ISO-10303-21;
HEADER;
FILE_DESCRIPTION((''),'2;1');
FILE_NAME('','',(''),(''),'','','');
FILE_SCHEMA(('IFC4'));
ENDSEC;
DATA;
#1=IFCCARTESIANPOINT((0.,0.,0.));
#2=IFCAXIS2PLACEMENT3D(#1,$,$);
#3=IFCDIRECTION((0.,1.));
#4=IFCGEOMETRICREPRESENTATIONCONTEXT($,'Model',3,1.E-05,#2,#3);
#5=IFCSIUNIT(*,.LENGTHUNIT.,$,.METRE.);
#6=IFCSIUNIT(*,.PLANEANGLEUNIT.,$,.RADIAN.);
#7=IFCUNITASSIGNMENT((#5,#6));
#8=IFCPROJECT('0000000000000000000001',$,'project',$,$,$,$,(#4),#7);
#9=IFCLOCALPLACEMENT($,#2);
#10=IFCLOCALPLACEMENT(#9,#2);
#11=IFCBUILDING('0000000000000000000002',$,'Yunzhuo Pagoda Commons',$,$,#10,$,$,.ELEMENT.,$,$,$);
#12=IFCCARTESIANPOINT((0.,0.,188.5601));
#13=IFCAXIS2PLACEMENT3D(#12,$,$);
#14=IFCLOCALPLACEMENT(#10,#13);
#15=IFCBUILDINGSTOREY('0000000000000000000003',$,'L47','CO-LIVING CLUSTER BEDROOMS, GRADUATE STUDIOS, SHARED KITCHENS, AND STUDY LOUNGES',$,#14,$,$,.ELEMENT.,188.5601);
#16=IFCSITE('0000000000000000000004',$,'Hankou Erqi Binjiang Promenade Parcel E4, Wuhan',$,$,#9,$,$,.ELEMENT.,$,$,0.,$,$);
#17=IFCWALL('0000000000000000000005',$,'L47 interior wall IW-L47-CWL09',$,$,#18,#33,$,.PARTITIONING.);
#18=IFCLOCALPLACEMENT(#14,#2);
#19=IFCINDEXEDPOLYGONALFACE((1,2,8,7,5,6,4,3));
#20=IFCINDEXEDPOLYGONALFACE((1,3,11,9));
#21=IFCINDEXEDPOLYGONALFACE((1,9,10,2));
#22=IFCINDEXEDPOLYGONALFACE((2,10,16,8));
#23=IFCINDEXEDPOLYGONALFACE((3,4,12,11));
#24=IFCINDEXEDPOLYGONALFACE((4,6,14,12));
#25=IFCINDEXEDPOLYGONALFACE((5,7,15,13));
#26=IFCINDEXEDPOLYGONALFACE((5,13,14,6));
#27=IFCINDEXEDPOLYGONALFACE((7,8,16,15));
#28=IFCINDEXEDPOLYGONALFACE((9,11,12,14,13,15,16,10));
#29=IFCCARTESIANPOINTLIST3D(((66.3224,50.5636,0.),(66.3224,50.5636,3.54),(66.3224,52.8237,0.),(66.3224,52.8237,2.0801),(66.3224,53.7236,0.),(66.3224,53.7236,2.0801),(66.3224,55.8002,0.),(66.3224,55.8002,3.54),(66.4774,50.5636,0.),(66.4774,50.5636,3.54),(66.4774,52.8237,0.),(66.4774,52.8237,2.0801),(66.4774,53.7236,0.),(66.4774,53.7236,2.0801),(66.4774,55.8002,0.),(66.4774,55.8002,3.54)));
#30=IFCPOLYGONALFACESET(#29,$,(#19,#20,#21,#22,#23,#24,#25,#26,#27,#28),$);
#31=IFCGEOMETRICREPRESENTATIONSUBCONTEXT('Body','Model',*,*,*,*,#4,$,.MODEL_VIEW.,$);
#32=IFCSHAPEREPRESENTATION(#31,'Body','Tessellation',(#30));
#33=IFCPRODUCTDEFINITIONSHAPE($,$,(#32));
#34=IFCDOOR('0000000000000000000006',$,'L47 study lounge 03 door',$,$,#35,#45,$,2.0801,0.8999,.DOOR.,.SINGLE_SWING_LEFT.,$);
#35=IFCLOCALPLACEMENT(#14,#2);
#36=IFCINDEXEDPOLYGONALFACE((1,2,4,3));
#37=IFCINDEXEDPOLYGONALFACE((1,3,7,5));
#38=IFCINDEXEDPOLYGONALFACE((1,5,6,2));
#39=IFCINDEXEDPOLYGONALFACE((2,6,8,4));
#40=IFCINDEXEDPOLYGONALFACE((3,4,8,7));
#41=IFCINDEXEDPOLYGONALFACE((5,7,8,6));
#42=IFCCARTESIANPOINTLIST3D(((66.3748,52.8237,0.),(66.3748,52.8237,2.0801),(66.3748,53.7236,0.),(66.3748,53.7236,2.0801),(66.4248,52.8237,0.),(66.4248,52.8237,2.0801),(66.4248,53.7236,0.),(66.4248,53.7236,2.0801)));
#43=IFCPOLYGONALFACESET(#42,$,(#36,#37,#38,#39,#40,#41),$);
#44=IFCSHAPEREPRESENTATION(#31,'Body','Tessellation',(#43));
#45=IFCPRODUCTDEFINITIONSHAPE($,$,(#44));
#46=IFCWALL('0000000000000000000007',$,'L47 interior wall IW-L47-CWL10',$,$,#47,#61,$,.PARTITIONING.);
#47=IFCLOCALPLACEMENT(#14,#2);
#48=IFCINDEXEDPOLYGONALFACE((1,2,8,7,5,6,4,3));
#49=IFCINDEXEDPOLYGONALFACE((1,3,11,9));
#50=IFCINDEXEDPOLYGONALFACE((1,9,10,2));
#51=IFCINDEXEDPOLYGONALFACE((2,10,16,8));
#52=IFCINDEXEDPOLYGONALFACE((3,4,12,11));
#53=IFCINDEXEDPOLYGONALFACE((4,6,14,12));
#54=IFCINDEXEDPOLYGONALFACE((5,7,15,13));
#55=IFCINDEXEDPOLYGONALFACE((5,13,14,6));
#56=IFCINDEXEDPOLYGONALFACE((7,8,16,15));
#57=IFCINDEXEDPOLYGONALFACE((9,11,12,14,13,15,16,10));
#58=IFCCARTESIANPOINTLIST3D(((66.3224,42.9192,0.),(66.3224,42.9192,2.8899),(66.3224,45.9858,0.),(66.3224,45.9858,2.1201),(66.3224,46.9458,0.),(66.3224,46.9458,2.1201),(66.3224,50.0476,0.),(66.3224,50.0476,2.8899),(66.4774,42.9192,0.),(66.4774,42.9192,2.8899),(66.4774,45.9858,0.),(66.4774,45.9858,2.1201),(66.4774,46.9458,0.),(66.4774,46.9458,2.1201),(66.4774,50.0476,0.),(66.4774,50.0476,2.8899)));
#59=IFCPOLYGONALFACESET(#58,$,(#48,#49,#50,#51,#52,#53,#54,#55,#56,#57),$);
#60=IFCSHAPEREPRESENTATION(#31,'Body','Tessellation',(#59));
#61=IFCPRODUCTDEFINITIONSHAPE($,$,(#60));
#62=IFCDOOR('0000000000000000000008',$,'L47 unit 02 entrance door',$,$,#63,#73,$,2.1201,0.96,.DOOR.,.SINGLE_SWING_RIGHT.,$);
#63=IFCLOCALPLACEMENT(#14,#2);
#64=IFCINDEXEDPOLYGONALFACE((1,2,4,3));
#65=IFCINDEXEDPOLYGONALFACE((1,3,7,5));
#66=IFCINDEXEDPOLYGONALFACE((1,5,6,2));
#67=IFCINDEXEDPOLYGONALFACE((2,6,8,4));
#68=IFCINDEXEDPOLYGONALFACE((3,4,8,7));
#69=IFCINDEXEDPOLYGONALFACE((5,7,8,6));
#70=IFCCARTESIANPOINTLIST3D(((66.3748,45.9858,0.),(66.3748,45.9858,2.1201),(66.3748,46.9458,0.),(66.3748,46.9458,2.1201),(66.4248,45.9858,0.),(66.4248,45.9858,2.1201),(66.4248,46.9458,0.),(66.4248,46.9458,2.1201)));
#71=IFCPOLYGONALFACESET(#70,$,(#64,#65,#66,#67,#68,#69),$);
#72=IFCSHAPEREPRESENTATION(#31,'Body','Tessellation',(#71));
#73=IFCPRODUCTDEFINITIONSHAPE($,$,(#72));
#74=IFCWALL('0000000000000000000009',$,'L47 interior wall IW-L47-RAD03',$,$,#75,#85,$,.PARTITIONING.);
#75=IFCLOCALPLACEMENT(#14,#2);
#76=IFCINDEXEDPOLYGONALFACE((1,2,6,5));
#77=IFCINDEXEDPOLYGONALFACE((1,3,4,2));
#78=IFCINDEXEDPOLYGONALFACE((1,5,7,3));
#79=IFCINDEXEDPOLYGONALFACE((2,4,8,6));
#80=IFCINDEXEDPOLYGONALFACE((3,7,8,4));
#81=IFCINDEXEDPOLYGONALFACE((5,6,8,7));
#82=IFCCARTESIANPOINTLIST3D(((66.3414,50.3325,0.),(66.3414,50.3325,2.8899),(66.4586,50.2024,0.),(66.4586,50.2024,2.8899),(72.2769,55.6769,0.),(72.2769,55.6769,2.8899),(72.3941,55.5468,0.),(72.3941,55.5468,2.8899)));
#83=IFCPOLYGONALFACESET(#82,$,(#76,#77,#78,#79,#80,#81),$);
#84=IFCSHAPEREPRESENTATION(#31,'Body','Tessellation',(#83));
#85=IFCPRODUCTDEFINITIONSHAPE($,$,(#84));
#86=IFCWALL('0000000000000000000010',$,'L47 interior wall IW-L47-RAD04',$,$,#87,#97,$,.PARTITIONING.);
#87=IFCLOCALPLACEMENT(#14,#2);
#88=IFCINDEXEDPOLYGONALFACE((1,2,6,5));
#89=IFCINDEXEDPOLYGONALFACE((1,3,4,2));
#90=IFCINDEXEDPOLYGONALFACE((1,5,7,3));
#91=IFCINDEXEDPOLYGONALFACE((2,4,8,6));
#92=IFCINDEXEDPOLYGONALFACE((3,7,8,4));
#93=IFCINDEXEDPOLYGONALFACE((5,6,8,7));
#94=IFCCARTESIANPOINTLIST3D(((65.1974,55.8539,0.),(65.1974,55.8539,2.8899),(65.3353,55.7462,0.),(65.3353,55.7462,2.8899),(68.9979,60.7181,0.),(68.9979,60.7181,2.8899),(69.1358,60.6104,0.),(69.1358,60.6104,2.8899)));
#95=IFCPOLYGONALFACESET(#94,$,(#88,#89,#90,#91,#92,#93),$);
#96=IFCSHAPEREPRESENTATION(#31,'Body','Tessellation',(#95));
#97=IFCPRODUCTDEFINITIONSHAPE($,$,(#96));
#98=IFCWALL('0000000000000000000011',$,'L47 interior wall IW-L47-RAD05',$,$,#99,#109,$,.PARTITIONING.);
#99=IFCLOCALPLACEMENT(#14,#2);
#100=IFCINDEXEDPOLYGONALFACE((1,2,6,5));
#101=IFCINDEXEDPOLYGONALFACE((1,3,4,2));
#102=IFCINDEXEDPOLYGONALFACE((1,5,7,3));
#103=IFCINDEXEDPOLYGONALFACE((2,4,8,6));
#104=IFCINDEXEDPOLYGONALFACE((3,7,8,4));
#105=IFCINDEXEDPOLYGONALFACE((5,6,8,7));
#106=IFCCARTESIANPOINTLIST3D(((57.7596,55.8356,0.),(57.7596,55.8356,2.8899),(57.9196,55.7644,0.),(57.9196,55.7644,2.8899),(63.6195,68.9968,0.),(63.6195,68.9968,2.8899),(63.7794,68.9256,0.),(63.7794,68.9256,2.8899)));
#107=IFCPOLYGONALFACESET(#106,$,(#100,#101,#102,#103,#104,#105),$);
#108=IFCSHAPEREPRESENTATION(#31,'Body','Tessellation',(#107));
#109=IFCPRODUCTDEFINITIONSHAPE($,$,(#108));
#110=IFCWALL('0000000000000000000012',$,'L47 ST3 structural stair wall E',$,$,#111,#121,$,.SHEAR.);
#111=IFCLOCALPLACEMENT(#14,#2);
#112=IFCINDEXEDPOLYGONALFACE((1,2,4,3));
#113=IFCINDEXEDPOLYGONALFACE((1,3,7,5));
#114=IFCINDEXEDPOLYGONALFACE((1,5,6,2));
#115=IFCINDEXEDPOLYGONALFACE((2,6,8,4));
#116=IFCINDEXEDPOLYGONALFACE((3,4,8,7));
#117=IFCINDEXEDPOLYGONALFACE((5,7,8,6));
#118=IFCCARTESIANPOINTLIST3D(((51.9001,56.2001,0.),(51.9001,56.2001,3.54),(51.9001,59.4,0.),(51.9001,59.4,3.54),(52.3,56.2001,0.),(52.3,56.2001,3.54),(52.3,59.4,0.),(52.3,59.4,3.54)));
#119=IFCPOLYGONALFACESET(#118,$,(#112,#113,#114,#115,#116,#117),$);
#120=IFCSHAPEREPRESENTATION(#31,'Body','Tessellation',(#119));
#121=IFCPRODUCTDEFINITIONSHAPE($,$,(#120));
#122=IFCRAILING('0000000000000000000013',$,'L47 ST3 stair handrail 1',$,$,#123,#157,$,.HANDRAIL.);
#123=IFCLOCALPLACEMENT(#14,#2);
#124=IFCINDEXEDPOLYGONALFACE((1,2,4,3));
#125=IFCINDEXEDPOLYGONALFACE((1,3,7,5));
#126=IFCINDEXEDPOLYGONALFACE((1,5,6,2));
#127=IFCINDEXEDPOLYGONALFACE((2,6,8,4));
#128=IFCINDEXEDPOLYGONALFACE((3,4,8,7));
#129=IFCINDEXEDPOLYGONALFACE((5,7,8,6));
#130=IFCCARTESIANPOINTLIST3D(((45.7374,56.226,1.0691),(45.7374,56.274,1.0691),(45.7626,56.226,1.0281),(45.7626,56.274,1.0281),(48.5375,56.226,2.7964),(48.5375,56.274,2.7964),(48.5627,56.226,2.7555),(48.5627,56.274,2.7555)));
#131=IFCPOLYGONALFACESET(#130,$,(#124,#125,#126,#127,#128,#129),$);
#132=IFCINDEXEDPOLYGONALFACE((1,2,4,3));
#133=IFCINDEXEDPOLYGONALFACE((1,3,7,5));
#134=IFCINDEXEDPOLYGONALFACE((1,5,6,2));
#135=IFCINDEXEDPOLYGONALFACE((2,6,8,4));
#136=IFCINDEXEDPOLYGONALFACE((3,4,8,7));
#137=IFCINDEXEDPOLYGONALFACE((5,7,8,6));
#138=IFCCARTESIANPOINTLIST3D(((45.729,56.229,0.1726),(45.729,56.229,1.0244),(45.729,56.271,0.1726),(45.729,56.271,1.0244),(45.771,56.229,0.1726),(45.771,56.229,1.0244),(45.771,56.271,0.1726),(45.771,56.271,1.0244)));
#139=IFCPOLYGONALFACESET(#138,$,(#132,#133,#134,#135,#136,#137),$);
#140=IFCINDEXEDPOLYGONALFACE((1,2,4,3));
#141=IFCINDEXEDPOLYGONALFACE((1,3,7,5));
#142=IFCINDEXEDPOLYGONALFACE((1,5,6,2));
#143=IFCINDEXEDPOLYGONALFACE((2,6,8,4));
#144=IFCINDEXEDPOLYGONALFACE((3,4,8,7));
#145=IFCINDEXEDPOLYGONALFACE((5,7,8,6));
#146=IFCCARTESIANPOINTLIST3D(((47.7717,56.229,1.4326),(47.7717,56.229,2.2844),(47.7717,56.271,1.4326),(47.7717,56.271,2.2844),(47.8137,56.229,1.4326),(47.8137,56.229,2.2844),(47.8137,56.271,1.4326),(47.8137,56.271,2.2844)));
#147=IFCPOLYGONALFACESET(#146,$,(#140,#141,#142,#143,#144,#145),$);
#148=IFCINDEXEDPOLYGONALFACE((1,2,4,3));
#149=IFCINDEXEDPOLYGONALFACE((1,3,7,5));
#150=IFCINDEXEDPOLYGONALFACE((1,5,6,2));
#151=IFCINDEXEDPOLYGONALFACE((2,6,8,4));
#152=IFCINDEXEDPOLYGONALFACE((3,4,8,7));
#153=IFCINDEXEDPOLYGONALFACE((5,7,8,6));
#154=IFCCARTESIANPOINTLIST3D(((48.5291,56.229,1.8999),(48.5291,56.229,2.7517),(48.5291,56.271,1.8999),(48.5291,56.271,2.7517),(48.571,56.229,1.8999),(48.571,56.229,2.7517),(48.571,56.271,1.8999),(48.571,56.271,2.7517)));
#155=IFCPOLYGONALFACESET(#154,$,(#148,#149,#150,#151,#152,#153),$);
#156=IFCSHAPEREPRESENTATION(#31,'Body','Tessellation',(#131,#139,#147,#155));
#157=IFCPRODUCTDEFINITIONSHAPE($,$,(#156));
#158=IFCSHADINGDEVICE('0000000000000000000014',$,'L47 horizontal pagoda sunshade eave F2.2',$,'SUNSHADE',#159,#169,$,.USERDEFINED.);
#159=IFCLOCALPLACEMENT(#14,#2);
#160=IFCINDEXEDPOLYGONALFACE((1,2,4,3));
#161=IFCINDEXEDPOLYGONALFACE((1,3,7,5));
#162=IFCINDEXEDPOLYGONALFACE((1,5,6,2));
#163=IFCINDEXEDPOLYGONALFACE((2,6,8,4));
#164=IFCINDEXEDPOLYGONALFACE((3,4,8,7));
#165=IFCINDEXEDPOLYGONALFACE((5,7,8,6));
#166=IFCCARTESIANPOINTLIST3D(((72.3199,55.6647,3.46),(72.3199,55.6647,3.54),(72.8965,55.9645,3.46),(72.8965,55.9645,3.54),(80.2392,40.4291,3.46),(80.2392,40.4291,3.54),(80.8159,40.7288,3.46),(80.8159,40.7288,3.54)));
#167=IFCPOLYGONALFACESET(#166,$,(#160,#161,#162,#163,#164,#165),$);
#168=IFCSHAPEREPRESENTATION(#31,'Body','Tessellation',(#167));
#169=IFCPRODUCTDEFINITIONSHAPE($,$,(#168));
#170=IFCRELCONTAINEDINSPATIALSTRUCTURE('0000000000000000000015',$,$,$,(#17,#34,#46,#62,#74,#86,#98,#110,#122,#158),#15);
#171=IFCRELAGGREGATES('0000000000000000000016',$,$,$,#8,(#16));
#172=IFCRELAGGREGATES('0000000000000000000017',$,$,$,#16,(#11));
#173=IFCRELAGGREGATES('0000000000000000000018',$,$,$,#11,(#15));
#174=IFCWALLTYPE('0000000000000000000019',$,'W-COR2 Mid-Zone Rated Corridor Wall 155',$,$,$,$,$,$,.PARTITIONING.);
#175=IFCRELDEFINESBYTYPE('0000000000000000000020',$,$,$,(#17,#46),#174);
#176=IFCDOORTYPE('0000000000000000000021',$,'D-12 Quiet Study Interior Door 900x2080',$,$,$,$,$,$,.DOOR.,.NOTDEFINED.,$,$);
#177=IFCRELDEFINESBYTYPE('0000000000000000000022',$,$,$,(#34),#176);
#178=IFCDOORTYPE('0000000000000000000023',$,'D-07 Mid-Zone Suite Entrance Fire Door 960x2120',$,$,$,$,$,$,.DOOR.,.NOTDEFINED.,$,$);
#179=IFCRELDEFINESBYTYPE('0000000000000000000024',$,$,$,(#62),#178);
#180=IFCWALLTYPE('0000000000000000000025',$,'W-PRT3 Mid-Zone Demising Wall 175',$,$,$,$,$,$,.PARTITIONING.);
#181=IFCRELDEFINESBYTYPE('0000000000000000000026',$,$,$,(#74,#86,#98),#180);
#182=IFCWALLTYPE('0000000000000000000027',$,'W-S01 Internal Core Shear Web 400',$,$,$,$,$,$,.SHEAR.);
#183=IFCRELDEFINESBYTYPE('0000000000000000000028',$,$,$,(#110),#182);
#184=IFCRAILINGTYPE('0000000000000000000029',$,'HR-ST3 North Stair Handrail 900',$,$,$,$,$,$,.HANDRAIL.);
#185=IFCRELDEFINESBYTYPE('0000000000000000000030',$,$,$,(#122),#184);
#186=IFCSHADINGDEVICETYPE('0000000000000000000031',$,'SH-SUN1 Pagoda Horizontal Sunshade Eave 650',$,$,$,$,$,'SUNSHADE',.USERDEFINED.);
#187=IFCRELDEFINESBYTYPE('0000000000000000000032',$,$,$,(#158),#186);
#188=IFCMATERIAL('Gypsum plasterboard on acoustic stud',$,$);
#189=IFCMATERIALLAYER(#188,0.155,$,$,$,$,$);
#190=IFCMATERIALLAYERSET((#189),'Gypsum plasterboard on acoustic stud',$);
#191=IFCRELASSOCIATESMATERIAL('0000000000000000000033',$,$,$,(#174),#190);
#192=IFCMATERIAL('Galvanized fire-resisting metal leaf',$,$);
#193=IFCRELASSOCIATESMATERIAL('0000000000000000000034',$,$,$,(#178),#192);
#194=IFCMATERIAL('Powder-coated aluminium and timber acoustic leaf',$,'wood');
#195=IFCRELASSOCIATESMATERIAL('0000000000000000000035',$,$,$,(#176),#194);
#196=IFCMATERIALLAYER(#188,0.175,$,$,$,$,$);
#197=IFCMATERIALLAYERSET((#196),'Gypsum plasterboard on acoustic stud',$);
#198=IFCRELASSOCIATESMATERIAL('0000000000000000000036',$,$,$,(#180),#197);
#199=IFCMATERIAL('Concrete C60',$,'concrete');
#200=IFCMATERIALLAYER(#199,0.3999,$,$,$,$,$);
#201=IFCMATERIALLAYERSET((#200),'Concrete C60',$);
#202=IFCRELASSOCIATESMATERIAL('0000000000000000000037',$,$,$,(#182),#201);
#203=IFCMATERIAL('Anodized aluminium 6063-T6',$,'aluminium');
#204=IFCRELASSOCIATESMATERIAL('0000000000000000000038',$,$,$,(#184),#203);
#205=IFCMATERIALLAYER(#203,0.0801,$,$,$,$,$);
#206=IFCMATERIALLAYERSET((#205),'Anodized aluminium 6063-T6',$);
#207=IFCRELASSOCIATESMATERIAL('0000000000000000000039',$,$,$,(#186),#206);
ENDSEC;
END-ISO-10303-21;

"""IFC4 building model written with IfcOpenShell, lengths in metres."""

from ifc_helpers import new_model, si_unit, direction, frame, frame_2d, origin, origin_with_axes, origin_2d, place, context, subcontext, project, spatial, rectangle, extrude, source, transform, mapped, material, layer, layer_set, type_object, element, fill, save


model = new_model("IFC4")

# Units and contexts
model_context = context("Model", 3, precision=1e-05, world=origin(), true_north=direction((0.0, 1.0)))
body_context = subcontext(model_context, "Body", "Model", "MODEL_VIEW")
ifc_project = project(units=[si_unit("LENGTHUNIT", "METRE"), si_unit("PLANEANGLEUNIT", "RADIAN")], contexts=[model_context])

# Site, building, storey
site_placement = place(None, origin())
site = spatial("IfcSite", under=ifc_project, at=site_placement, Name="Hankou Erqi Binjiang Promenade Parcel E4, Wuhan", CompositionType="ELEMENT", RefElevation=0.0)
building_placement = place(site_placement, origin())
building = spatial("IfcBuilding", under=site, at=building_placement, Name="Yunzhuo Pagoda Commons", CompositionType="ELEMENT")
storey_placement = place(building_placement, frame((0.0, 0.0, 188.5601)))
storey = spatial("IfcBuildingStorey", under=building, at=storey_placement, Name="L47", Description="CO-LIVING CLUSTER BEDROOMS, GRADUATE STUDIOS, SHARED KITCHENS, AND STUDY LOUNGES", CompositionType="ELEMENT", Elevation=188.5601)

# Shared definitions
ifc_material_1 = material(Name="Anodized aluminium 6063-T6", Category="aluminium")

# Shared definitions
ifc_material_2 = material(Name="Gypsum plasterboard on acoustic stud")
ifc_layer_1 = layer(ifc_material_2, 0.155)
ifc_layer_set_1 = layer_set([ifc_layer_1], Name="Gypsum plasterboard on acoustic stud")
wall_type_1 = type_object("IfcWallType", Name="W-COR2 Mid-Zone Rated Corridor Wall 155", PredefinedType="PARTITIONING", material=ifc_layer_set_1)

# Shared definitions
ifc_material_3 = material(Name="Galvanized fire-resisting metal leaf")
door_type_1 = type_object("IfcDoorType", Name="D-07 Mid-Zone Suite Entrance Fire Door 960x2120", OperationType="NOTDEFINED", PredefinedType="DOOR", material=ifc_material_3)
shared_shape_1 = source(origin(), body_context, "Body", "SweptSolid", [
    extrude(rectangle(XDim=0.96, YDim=2.1201, at=frame_2d((0.48, 1.0601))), frame((0.0, 0.0249, 0.0), z_axis=(0.0, -1.0, 0.0), x_axis=(1.0, 0.0, 0.0)), (0.0, 0.0, 1.0), 0.05),
])

# Walls, openings, doors
wall_1_placement = place(storey_placement, frame((66.3999, 55.8, 0.0), z_axis=(0.0, 0.0, 1.0), x_axis=(0.0, -1.0, 0.0)))
wall_1 = element("IfcWall", 1, at=wall_1_placement, inside=storey, type_object=wall_type_1, Name="L47 interior wall IW-L47-CWL09", PredefinedType="PARTITIONING", context=body_context, shape_type="SweptSolid", body=[
    extrude(rectangle(XDim=5.2366, YDim=0.155, at=frame_2d((2.6182, 0.0))), origin(), (0.0, 0.0, 1.0), 3.54),
])
opening_1_placement = place(wall_1_placement, frame((2.0764, 0.0, 0.0)))
opening_1 = element("IfcOpeningElement", 2, at=opening_1_placement, cuts=wall_1, PredefinedType="OPENING", context=body_context, shape_type="SweptSolid", body=[
    extrude(rectangle(XDim=0.8999, YDim=2.0801, at=frame_2d((0.45, 1.04))), frame((0.0, 0.0874, 0.0), z_axis=(0.0, -1.0, 0.0), x_axis=(1.0, 0.0, 0.0)), (0.0, 0.0, 1.0), 0.175),
])
ifc_material_4 = material(Name="Powder-coated aluminium and timber acoustic leaf", Category="wood")
door_type_2 = type_object("IfcDoorType", Name="D-12 Quiet Study Interior Door 900x2080", OperationType="NOTDEFINED", PredefinedType="DOOR", material=ifc_material_4)
shared_shape_2 = source(origin(), body_context, "Body", "SweptSolid", [
    extrude(rectangle(XDim=0.8999, YDim=2.0801, at=frame_2d((0.45, 1.04))), frame((0.0, 0.0249, 0.0), z_axis=(0.0, -1.0, 0.0), x_axis=(1.0, 0.0, 0.0)), (0.0, 0.0, 1.0), 0.05),
])
door_1_placement = place(opening_1_placement, origin_with_axes())
door_1 = element("IfcDoor", 3, at=door_1_placement, inside=storey, type_object=door_type_2, Name="L47 study lounge 03 door", OperationType="SINGLE_SWING_LEFT", OverallHeight=2.0801, OverallWidth=0.8999, PredefinedType="DOOR", context=body_context, shape_type="MappedRepresentation", body=[
    mapped(shared_shape_2, transform((0.0, 0.0, 0.0), scale=1.0)),
])
fill(opening_1, door_1)
wall_2_placement = place(storey_placement, frame((66.3999, 50.0476, 0.0), z_axis=(0.0, 0.0, 1.0), x_axis=(0.0, -1.0, 0.0)))
wall_2 = element("IfcWall", 4, at=wall_2_placement, inside=storey, type_object=wall_type_1, Name="L47 interior wall IW-L47-CWL10", PredefinedType="PARTITIONING", context=body_context, shape_type="SweptSolid", body=[
    extrude(rectangle(XDim=7.1284, YDim=0.155, at=frame_2d((3.5642, 0.0))), origin(), (0.0, 0.0, 1.0), 2.8899),
])
opening_2_placement = place(wall_2_placement, frame((3.1018, 0.0, 0.0)))
opening_2 = element("IfcOpeningElement", 5, at=opening_2_placement, cuts=wall_2, PredefinedType="OPENING", context=body_context, shape_type="SweptSolid", body=[
    extrude(rectangle(XDim=0.96, YDim=2.1201, at=frame_2d((0.48, 1.0601))), frame((0.0, 0.0874, 0.0), z_axis=(0.0, -1.0, 0.0), x_axis=(1.0, 0.0, 0.0)), (0.0, 0.0, 1.0), 0.175),
])
door_2_placement = place(opening_2_placement, origin_with_axes())
door_2 = element("IfcDoor", 6, at=door_2_placement, inside=storey, type_object=door_type_1, Name="L47 unit 02 entrance door", OperationType="SINGLE_SWING_RIGHT", OverallHeight=2.1201, OverallWidth=0.96, PredefinedType="DOOR", context=body_context, shape_type="MappedRepresentation", body=[
    mapped(shared_shape_1, transform((0.0, 0.0, 0.0), scale=1.0)),
])
fill(opening_2, door_2)

# Walls
ifc_layer_2 = layer(ifc_material_2, 0.175)
ifc_layer_set_2 = layer_set([ifc_layer_2], Name="Gypsum plasterboard on acoustic stud")
wall_type_2 = type_object("IfcWallType", Name="W-PRT3 Mid-Zone Demising Wall 175", PredefinedType="PARTITIONING", material=ifc_layer_set_2)
wall_3_placement = place(storey_placement, frame((66.3999, 50.2673, 0.0), z_axis=(0.0, 0.0, 1.0), x_axis=(0.743139, 0.669137, 0.0)))
element("IfcWall", 7, at=wall_3_placement, inside=storey, type_object=wall_type_2, Name="L47 interior wall IW-L47-RAD03", PredefinedType="PARTITIONING", context=body_context, shape_type="SweptSolid", body=[
    extrude(rectangle(XDim=7.9871, YDim=0.175, at=frame_2d((3.9937, 0.0))), origin(), (0.0, 0.0, 1.0), 2.8899),
])
wall_4_placement = place(storey_placement, frame((65.2664, 55.8, 0.0), z_axis=(0.0, 0.0, 1.0), x_axis=(0.615678, 0.787998, 0.0)))
element("IfcWall", 8, at=wall_4_placement, inside=storey, type_object=wall_type_2, Name="L47 interior wall IW-L47-RAD04", PredefinedType="PARTITIONING", context=body_context, shape_type="SweptSolid", body=[
    extrude(rectangle(XDim=6.1729, YDim=0.175, at=frame_2d((3.0864, 0.0))), origin(), (0.0, 0.0, 1.0), 2.8899),
])
wall_5_placement = place(storey_placement, frame((57.8396, 55.8, 0.0), z_axis=(0.0, 0.0, 1.0), x_axis=(0.406745, 0.913542, 0.0)))
element("IfcWall", 9, at=wall_5_placement, inside=storey, type_object=wall_type_2, Name="L47 interior wall IW-L47-RAD05", PredefinedType="PARTITIONING", context=body_context, shape_type="SweptSolid", body=[
    extrude(rectangle(XDim=14.4067, YDim=0.175, at=frame_2d((7.2034, 0.0))), origin(), (0.0, 0.0, 1.0), 2.8899),
])
ifc_material_5 = material(Name="Concrete C60", Category="concrete")
ifc_layer_3 = layer(ifc_material_5, 0.3999)
ifc_layer_set_3 = layer_set([ifc_layer_3], Name="Concrete C60")
wall_type_3 = type_object("IfcWallType", Name="W-S01 Internal Core Shear Web 400", PredefinedType="SHEAR", material=ifc_layer_set_3)
wall_6_placement = place(storey_placement, frame((52.1001, 56.2, 0.0), z_axis=(0.0, 0.0, 1.0), x_axis=(0.0, 1.0, 0.0)))
element("IfcWall", 10, at=wall_6_placement, inside=storey, type_object=wall_type_3, Name="L47 ST3 structural stair wall E", PredefinedType="SHEAR", context=body_context, shape_type="SweptSolid", body=[
    extrude(rectangle(XDim=3.2, YDim=0.3999, at=frame_2d((1.6001, 0.0))), origin(), (0.0, 0.0, 1.0), 3.54),
])

# Railing
railing_type = type_object("IfcRailingType", Name="HR-ST3 North Stair Handrail 900", PredefinedType="HANDRAIL", material=ifc_material_1)
railing_placement = place(storey_placement, frame((45.75, 56.25, 0.1726)))
element("IfcRailing", 11, at=railing_placement, inside=storey, type_object=railing_type, Name="L47 ST3 stair handrail 1", PredefinedType="HANDRAIL", context=body_context, shape_type="SweptSolid", body=[
    extrude(rectangle(XDim=0.0481, YDim=0.0481, at=origin_2d()), frame((0.0, 0.0, 0.876), z_axis=(0.85109, 0.0, 0.52502), x_axis=(0.0, 1.0, 0.0)), (0.0, 0.0, 1.0), 3.29),
    extrude(rectangle(XDim=0.042, YDim=0.042, at=origin_2d()), origin(), (0.0, 0.0, 1.0), 0.8518),
    extrude(rectangle(XDim=0.042, YDim=0.042, at=origin_2d()), frame((2.0427, 0.0, 1.26)), (0.0, 0.0, 1.0), 0.8518),
    extrude(rectangle(XDim=0.042, YDim=0.042, at=origin_2d()), frame((2.8, 0.0, 1.7273)), (0.0, 0.0, 1.0), 0.8518),
])

# Shading device
ifc_layer_4 = layer(ifc_material_1, 0.0801)
ifc_layer_set_4 = layer_set([ifc_layer_4], Name="Anodized aluminium 6063-T6")
shading_device_type = type_object("IfcShadingDeviceType", Name="SH-SUN1 Pagoda Horizontal Sunshade Eave 650", ElementType="SUNSHADE", PredefinedType="USERDEFINED", material=ifc_layer_set_4)
shared_shape_3 = source(origin(), body_context, "Body", "SweptSolid", [
    extrude(rectangle(XDim=17.1709, YDim=0.6499, at=origin_2d()), origin(), (0.0, 0.0, 1.0), 0.0801),
])
shading_device_placement = place(storey_placement, frame((76.5679, 48.1968, 3.46), z_axis=(0.0, 0.0, 1.0), x_axis=(-0.461207, 0.887293, 0.0)))
element("IfcShadingDevice", 12, at=shading_device_placement, inside=storey, type_object=shading_device_type, Name="L47 horizontal pagoda sunshade eave F2.2", ObjectType="SUNSHADE", PredefinedType="USERDEFINED", context=body_context, shape_type="MappedRepresentation", body=[
    mapped(shared_shape_3, transform((0.0, 0.0, 0.0), scale=1.0)),
])

save(model, "model.ifc")
